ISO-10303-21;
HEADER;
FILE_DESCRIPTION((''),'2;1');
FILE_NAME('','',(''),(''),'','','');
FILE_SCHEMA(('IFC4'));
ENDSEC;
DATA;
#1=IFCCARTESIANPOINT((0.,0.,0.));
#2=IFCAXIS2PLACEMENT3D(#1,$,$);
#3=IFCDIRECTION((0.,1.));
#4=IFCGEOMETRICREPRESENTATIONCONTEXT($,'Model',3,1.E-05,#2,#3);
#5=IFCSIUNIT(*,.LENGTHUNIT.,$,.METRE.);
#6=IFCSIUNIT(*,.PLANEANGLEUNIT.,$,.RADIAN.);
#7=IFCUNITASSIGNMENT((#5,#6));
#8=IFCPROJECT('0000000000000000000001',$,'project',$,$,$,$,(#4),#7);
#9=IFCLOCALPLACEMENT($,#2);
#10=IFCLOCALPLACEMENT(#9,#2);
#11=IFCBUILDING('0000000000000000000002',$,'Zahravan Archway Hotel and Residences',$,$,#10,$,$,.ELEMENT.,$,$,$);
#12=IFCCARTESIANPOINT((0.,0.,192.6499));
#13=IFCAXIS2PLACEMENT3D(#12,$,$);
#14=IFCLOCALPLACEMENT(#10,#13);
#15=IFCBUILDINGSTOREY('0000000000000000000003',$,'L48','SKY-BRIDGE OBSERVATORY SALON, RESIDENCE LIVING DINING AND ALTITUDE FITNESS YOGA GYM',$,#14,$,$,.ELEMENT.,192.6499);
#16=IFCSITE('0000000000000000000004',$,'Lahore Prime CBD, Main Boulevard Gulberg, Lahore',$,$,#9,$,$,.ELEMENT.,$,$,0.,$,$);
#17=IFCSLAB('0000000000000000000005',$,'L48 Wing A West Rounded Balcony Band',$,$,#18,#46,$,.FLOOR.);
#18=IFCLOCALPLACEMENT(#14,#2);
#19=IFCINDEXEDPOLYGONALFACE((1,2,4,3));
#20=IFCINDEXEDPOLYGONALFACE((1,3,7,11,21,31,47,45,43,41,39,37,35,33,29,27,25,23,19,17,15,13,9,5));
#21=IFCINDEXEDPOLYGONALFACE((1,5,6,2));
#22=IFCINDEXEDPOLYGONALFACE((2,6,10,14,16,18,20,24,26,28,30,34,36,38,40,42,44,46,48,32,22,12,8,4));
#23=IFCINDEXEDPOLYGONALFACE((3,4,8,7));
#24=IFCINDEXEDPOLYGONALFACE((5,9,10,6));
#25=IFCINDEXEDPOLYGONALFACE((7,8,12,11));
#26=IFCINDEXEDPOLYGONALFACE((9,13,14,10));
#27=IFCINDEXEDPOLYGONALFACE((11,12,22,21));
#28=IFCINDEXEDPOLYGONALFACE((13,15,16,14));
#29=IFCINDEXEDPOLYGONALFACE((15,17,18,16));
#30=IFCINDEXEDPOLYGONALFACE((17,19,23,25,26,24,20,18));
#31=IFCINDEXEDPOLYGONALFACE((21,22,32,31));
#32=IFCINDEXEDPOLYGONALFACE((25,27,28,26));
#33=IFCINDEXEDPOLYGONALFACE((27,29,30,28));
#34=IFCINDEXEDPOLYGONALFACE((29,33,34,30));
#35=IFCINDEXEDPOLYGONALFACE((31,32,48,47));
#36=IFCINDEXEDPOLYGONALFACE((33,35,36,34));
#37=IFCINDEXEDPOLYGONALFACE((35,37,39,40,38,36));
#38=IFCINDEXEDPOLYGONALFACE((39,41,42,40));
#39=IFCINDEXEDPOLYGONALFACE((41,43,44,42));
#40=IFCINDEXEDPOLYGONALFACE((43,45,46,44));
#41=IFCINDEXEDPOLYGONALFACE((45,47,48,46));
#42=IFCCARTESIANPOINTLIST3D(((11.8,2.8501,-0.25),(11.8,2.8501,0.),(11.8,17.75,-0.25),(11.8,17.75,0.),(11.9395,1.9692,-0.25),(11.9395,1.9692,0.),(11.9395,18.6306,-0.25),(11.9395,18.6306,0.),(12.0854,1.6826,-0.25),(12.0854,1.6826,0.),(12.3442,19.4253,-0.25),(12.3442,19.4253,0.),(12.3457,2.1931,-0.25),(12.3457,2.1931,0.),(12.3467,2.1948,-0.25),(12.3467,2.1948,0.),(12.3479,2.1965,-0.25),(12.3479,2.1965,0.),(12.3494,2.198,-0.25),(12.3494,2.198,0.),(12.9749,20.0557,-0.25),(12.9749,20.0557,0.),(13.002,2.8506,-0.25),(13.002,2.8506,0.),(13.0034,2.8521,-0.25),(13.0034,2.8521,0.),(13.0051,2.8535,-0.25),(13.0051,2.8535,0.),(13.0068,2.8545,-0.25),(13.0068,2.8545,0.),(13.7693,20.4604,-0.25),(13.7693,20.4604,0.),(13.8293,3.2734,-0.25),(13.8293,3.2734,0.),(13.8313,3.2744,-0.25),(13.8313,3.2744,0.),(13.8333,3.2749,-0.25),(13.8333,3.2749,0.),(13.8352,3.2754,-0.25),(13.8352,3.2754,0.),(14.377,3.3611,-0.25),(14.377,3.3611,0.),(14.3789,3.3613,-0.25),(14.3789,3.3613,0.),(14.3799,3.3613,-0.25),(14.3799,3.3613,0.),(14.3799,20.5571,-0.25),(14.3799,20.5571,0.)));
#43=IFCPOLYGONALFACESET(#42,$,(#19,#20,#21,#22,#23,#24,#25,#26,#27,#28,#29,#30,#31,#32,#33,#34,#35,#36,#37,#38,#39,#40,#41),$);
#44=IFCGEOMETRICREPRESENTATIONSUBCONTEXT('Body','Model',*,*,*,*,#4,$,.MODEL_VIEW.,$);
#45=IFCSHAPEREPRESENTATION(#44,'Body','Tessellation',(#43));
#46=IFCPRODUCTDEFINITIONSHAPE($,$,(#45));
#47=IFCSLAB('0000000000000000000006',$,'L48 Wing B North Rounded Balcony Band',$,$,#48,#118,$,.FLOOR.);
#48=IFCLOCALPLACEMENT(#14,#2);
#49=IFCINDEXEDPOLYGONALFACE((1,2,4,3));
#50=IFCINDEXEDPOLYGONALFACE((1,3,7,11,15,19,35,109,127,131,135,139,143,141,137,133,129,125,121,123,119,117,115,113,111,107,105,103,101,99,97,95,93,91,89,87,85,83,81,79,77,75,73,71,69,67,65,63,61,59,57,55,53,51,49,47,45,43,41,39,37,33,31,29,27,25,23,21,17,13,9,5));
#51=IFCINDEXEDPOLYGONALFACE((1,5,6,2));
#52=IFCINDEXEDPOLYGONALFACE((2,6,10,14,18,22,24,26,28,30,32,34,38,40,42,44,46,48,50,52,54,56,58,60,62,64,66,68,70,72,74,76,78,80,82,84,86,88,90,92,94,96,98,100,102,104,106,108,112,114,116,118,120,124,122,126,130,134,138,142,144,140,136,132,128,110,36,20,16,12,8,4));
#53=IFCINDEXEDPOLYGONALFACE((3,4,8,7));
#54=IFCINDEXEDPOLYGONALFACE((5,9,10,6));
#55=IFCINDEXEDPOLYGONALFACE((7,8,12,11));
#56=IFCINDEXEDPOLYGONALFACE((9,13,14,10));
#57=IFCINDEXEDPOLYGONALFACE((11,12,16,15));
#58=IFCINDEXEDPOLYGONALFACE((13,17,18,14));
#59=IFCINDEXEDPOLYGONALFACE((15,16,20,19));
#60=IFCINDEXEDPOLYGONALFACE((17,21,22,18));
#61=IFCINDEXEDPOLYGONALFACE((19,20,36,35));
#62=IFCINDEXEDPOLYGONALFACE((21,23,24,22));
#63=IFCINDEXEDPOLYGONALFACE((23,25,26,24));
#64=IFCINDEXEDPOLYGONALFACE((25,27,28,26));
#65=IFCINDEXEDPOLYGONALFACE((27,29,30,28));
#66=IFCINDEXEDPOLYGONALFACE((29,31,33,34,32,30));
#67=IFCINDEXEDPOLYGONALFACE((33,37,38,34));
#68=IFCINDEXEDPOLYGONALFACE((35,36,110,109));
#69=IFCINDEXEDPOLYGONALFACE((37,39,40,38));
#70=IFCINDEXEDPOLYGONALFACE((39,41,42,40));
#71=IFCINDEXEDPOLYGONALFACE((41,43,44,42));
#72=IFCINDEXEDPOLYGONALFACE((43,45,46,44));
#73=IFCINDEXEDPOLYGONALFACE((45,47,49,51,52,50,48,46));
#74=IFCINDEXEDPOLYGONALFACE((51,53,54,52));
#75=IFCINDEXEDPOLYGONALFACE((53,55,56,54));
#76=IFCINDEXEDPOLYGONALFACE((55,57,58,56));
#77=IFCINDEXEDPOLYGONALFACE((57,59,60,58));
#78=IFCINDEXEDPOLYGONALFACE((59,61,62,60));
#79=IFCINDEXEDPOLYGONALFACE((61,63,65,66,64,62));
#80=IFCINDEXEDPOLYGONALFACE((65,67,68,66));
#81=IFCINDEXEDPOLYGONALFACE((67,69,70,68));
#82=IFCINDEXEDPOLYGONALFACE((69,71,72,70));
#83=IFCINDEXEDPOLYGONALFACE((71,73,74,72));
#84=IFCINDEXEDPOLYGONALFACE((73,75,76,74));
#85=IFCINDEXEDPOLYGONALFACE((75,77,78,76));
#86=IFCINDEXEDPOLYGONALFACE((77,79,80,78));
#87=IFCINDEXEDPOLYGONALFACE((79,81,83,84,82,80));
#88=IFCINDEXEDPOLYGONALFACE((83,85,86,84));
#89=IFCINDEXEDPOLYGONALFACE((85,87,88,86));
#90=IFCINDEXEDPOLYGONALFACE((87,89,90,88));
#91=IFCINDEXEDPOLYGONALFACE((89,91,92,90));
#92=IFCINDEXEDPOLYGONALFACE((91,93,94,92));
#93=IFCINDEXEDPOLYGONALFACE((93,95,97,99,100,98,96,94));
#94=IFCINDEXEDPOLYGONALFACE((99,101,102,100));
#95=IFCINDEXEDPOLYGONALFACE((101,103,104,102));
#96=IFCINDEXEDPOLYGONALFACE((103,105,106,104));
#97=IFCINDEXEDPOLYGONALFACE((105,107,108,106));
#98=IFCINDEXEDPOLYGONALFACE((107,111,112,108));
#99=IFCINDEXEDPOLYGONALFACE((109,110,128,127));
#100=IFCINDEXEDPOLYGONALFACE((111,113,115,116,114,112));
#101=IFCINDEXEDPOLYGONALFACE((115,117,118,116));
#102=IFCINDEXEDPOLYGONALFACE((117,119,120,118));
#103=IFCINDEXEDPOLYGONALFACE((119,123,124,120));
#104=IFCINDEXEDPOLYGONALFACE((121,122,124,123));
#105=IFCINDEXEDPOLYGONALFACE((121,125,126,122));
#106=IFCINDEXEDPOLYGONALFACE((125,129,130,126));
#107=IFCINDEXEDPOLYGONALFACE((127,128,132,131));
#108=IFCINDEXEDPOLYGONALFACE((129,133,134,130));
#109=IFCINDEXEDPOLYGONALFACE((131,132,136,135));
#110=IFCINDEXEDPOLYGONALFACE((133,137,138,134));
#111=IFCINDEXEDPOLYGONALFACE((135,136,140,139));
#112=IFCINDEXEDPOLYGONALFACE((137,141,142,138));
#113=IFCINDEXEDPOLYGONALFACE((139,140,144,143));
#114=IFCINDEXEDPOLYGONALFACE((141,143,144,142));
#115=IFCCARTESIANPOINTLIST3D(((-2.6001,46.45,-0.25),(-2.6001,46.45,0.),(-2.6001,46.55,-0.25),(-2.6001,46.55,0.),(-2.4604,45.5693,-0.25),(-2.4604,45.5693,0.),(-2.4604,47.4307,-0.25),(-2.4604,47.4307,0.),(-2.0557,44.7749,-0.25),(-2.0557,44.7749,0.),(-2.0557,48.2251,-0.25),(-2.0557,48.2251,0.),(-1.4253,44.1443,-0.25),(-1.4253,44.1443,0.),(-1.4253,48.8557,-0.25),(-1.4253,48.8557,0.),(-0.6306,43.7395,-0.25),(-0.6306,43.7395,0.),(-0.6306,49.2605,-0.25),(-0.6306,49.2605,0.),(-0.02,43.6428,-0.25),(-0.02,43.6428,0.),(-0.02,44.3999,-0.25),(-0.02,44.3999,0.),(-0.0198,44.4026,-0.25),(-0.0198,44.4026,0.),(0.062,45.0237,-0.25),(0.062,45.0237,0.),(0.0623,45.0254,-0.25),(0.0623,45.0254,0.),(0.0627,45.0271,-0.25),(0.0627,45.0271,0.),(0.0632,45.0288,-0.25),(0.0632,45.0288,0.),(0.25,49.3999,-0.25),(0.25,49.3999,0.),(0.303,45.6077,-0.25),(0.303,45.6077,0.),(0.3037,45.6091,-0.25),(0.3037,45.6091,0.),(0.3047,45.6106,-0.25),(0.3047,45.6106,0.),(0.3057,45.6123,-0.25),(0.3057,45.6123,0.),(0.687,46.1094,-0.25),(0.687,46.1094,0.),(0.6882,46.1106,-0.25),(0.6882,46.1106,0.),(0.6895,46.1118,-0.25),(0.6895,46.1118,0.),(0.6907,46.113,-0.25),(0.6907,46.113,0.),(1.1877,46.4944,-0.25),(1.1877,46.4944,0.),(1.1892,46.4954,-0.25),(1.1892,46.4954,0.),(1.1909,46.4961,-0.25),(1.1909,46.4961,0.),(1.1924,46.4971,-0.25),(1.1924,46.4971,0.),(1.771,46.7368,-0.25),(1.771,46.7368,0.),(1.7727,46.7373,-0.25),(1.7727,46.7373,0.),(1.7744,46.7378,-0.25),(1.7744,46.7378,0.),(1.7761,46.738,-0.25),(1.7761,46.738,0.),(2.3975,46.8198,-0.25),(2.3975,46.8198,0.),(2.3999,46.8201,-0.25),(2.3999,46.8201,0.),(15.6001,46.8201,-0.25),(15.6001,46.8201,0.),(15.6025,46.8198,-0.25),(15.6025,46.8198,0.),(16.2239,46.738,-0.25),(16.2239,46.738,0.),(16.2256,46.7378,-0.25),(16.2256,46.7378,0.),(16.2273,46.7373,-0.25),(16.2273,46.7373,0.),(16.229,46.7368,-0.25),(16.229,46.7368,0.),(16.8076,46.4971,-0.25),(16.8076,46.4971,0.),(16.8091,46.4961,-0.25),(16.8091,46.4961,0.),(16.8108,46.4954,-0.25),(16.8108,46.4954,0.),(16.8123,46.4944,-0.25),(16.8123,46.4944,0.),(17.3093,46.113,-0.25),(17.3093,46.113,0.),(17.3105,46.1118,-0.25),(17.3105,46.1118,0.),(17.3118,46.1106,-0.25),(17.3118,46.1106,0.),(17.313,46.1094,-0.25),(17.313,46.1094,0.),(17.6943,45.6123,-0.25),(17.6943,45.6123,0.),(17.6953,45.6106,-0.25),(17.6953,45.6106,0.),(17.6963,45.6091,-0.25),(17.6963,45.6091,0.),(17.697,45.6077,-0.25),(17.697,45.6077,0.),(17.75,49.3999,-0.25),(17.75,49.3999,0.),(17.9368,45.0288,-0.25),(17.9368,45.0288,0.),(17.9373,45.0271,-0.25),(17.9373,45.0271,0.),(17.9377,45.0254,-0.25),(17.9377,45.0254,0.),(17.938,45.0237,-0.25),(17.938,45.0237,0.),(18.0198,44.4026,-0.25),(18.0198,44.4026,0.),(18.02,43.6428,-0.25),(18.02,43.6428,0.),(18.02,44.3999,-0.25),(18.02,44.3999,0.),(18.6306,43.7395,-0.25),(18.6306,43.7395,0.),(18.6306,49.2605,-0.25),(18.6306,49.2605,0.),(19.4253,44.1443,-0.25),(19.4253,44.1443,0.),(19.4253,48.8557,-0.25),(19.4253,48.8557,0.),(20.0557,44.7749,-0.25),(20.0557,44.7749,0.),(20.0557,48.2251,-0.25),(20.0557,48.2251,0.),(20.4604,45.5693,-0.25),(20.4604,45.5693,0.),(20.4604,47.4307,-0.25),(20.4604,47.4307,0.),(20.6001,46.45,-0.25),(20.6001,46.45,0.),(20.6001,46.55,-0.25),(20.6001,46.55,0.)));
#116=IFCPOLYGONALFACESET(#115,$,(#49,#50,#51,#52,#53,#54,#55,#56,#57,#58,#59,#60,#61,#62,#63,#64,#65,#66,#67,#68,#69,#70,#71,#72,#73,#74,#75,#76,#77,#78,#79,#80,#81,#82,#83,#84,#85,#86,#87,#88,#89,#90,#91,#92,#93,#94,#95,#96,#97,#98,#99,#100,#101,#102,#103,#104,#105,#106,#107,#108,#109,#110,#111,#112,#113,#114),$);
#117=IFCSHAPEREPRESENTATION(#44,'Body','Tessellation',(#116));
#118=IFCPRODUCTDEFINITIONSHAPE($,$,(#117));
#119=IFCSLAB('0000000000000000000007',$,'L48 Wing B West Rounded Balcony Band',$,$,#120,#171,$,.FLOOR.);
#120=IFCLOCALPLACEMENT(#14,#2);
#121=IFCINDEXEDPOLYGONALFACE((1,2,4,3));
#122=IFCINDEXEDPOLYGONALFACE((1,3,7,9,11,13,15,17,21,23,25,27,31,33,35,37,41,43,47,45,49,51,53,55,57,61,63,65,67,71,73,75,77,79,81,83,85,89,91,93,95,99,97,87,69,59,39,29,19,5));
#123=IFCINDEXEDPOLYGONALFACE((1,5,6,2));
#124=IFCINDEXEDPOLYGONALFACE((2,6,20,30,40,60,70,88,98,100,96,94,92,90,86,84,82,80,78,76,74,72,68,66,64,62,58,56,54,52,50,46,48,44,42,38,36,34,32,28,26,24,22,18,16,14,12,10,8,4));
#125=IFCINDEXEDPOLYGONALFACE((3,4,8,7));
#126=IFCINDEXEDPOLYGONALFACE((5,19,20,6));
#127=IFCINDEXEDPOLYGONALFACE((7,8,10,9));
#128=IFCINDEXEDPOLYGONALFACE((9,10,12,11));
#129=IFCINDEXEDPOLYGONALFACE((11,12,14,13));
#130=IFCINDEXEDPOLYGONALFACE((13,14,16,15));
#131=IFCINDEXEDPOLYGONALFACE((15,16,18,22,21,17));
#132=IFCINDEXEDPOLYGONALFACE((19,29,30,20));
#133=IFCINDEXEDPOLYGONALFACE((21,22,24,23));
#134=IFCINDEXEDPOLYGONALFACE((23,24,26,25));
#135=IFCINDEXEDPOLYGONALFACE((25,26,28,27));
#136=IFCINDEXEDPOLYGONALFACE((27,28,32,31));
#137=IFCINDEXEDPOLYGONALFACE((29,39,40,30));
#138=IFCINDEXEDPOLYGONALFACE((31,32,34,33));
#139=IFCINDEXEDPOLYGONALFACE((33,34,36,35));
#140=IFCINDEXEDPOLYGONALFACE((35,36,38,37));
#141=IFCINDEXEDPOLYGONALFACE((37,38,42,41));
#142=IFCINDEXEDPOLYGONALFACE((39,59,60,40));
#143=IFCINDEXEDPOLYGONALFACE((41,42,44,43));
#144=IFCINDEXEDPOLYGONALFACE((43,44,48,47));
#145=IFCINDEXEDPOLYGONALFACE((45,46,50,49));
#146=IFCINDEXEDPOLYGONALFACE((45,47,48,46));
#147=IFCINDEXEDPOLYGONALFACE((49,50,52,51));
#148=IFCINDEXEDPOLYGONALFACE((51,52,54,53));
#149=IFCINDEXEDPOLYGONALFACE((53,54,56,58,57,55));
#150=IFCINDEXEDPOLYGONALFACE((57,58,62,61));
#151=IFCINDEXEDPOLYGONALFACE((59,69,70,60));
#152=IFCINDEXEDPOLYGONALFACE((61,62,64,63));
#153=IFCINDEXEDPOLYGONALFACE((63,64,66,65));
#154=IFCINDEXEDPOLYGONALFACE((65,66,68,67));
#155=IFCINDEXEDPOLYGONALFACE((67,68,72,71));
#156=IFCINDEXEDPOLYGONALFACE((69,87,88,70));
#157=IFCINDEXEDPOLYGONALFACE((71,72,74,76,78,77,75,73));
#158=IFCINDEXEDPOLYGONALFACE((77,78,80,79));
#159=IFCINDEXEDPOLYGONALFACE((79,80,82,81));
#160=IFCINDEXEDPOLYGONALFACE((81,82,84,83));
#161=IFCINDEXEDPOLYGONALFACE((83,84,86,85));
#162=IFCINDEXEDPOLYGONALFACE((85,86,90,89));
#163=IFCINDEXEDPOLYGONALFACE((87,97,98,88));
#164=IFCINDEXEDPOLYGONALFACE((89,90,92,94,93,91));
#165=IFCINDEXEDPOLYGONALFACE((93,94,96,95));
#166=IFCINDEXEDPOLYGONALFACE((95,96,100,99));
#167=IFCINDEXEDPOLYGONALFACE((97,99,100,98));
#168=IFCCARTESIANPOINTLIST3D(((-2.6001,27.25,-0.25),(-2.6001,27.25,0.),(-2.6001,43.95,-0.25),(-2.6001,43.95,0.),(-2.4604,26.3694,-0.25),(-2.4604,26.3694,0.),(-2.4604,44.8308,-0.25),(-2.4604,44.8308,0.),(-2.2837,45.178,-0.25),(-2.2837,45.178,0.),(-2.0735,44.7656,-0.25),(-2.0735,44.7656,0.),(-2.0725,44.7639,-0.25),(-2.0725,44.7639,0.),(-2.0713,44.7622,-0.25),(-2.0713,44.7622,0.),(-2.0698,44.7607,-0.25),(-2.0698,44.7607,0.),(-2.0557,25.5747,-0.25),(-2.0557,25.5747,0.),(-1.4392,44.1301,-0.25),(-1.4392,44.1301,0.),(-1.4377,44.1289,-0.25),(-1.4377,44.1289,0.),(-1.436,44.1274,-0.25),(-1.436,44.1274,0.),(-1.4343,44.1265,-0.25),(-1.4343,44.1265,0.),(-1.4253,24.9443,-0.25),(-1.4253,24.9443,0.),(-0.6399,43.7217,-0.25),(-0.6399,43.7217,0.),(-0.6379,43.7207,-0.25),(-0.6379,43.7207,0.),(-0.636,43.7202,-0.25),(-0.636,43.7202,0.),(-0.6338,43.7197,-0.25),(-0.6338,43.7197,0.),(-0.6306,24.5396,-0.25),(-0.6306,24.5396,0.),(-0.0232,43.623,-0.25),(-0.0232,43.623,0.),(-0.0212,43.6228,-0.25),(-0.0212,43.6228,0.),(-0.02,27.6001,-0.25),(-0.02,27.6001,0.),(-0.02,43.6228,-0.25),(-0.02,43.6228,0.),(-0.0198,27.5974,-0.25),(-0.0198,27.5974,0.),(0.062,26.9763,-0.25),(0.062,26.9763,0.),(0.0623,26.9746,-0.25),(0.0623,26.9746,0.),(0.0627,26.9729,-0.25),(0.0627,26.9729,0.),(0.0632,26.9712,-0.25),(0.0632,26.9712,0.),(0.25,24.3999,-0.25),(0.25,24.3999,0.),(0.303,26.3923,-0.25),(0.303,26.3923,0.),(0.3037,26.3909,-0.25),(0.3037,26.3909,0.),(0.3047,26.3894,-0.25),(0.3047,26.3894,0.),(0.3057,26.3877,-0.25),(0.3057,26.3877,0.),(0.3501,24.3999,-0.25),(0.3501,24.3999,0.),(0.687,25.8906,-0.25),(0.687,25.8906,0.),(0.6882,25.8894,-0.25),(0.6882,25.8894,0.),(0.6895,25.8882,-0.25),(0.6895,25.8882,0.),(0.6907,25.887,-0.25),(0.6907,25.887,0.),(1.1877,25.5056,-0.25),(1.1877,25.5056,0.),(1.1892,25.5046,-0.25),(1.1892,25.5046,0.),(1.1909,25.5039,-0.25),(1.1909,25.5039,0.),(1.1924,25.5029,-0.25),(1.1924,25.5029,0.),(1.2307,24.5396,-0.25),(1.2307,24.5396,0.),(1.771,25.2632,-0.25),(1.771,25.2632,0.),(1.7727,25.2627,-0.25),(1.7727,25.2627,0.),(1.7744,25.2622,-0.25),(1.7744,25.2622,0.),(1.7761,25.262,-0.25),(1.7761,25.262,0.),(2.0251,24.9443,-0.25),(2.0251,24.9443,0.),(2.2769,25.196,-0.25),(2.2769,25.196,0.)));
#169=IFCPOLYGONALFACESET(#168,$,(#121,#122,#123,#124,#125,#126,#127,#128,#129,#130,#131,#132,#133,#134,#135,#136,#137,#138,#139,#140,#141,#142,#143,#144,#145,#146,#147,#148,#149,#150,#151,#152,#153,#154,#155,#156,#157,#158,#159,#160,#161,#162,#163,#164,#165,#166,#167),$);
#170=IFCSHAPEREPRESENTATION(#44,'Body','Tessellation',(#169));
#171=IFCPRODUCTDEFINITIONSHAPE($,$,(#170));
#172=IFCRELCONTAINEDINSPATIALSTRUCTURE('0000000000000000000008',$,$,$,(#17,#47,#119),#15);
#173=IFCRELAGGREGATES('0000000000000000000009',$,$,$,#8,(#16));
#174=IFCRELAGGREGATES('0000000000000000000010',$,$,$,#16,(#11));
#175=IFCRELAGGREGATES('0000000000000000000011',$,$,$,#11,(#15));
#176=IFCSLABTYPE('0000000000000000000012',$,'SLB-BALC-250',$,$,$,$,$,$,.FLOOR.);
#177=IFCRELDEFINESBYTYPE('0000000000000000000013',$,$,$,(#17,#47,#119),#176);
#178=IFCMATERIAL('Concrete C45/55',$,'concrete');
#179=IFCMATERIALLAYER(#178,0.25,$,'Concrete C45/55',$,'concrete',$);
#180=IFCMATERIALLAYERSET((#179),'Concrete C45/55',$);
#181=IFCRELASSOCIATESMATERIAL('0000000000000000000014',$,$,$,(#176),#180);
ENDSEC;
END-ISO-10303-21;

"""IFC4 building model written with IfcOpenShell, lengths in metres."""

from ifc_helpers import new_model, si_unit, direction, frame, origin, place, context, subcontext, project, spatial, polyline, outline, extrude, material, layer, layer_set, type_object, element, save


model = new_model("IFC4")

# Units and contexts
model_context = context("Model", 3, precision=1e-05, world=origin(), true_north=direction((0.0, 1.0)))
body_context = subcontext(model_context, "Body", "Model", "MODEL_VIEW")
ifc_project = project(units=[si_unit("LENGTHUNIT", "METRE"), si_unit("PLANEANGLEUNIT", "RADIAN")], contexts=[model_context])

# Site, building, storey
site_placement = place(None, origin())
site = spatial("IfcSite", under=ifc_project, at=site_placement, Name="Lahore Prime CBD, Main Boulevard Gulberg, Lahore", CompositionType="ELEMENT", RefElevation=0.0)
building_placement = place(site_placement, origin())
building = spatial("IfcBuilding", under=site, at=building_placement, Name="Zahravan Archway Hotel and Residences", CompositionType="ELEMENT")
storey_placement = place(building_placement, frame((0.0, 0.0, 192.6499)))
storey = spatial("IfcBuildingStorey", under=building, at=storey_placement, Name="L48", Description="SKY-BRIDGE OBSERVATORY SALON, RESIDENCE LIVING DINING AND ALTITUDE FITNESS YOGA GYM", CompositionType="ELEMENT", Elevation=192.6499)

# Slabs
ifc_material_1 = material(Name="Concrete C45/55", Category="concrete")
ifc_layer_1 = layer(ifc_material_1, 0.25, Name="Concrete C45/55", Category="concrete")
ifc_layer_set_1 = layer_set([ifc_layer_1], Name="Concrete C45/55")
slab_type_1 = type_object("IfcSlabType", Name="SLB-BALC-250", PredefinedType="FLOOR", material=ifc_layer_set_1)
slab_1_placement = place(storey_placement, frame((0.0, 0.0, -0.25)))
element("IfcSlab", 1, at=slab_1_placement, inside=storey, type_object=slab_type_1, Name="L48 Wing A West Rounded Balcony Band", PredefinedType="FLOOR", context=body_context, shape_type="SweptSolid", body=[
    extrude(outline(polyline([(11.9395, 1.9692), (11.8, 2.8501), (11.8, 17.75), (11.9395, 18.6306), (12.3442, 19.4253), (12.9749, 20.0557), (13.7693, 20.4604), (14.3799, 20.5571), (14.3799, 3.3613), (14.3789, 3.3613), (14.377, 3.3611), (13.8352, 3.2754), (13.8333, 3.2749), (13.8313, 3.2744), (13.8293, 3.2734), (13.0068, 2.8545), (13.0051, 2.8535), (13.0034, 2.8521), (13.002, 2.8506), (12.3494, 2.198), (12.3479, 2.1965), (12.3467, 2.1948), (12.3457, 2.1931), (12.0854, 1.6826), (11.9395, 1.9692)])), origin(), (0.0, 0.0, 1.0), 0.25),
])
slab_2_placement = place(storey_placement, frame((0.0, 0.0, -0.25)))
element("IfcSlab", 2, at=slab_2_placement, inside=storey, type_object=slab_type_1, Name="L48 Wing B North Rounded Balcony Band", PredefinedType="FLOOR", context=body_context, shape_type="SweptSolid", body=[
    extrude(outline(polyline([(-0.6306, 43.7395), (-1.4253, 44.1443), (-2.0557, 44.7749), (-2.4604, 45.5693), (-2.6001, 46.45), (-2.6001, 46.55), (-2.4604, 47.4307), (-2.0557, 48.2251), (-1.4253, 48.8557), (-0.6306, 49.2605), (0.25, 49.3999), (17.75, 49.3999), (18.6306, 49.2605), (19.4253, 48.8557), (20.0557, 48.2251), (20.4604, 47.4307), (20.6001, 46.55), (20.6001, 46.45), (20.4604, 45.5693), (20.0557, 44.7749), (19.4253, 44.1443), (18.6306, 43.7395), (18.02, 43.6428), (18.02, 44.3999), (18.0198, 44.4026), (17.938, 45.0237), (17.9377, 45.0254), (17.9373, 45.0271), (17.9368, 45.0288), (17.697, 45.6077), (17.6963, 45.6091), (17.6953, 45.6106), (17.6943, 45.6123), (17.313, 46.1094), (17.3118, 46.1106), (17.3105, 46.1118), (17.3093, 46.113), (16.8123, 46.4944), (16.8108, 46.4954), (16.8091, 46.4961), (16.8076, 46.4971), (16.229, 46.7368), (16.2273, 46.7373), (16.2256, 46.7378), (16.2239, 46.738), (15.6025, 46.8198), (15.6001, 46.8201), (2.3999, 46.8201), (2.3975, 46.8198), (1.7761, 46.738), (1.7744, 46.7378), (1.7727, 46.7373), (1.771, 46.7368), (1.1924, 46.4971), (1.1909, 46.4961), (1.1892, 46.4954), (1.1877, 46.4944), (0.6907, 46.113), (0.6895, 46.1118), (0.6882, 46.1106), (0.687, 46.1094), (0.3057, 45.6123), (0.3047, 45.6106), (0.3037, 45.6091), (0.303, 45.6077), (0.0632, 45.0288), (0.0627, 45.0271), (0.0623, 45.0254), (0.062, 45.0237), (-0.0198, 44.4026), (-0.02, 44.3999), (-0.02, 43.6428), (-0.6306, 43.7395)])), origin(), (0.0, 0.0, 1.0), 0.25),
])
slab_3_placement = place(storey_placement, frame((0.0, 0.0, -0.25)))
element("IfcSlab", 3, at=slab_3_placement, inside=storey, type_object=slab_type_1, Name="L48 Wing B West Rounded Balcony Band", PredefinedType="FLOOR", context=body_context, shape_type="SweptSolid", body=[
    extrude(outline(polyline([(2.0251, 24.9443), (1.2307, 24.5396), (0.3501, 24.3999), (0.25, 24.3999), (-0.6306, 24.5396), (-1.4253, 24.9443), (-2.0557, 25.5747), (-2.4604, 26.3694), (-2.6001, 27.25), (-2.6001, 43.95), (-2.4604, 44.8308), (-2.2837, 45.178), (-2.0735, 44.7656), (-2.0725, 44.7639), (-2.0713, 44.7622), (-2.0698, 44.7607), (-1.4392, 44.1301), (-1.4377, 44.1289), (-1.436, 44.1274), (-1.4343, 44.1265), (-0.6399, 43.7217), (-0.6379, 43.7207), (-0.636, 43.7202), (-0.6338, 43.7197), (-0.0232, 43.623), (-0.0212, 43.6228), (-0.02, 43.6228), (-0.02, 27.6001), (-0.0198, 27.5974), (0.062, 26.9763), (0.0623, 26.9746), (0.0627, 26.9729), (0.0632, 26.9712), (0.303, 26.3923), (0.3037, 26.3909), (0.3047, 26.3894), (0.3057, 26.3877), (0.687, 25.8906), (0.6882, 25.8894), (0.6895, 25.8882), (0.6907, 25.887), (1.1877, 25.5056), (1.1892, 25.5046), (1.1909, 25.5039), (1.1924, 25.5029), (1.771, 25.2632), (1.7727, 25.2627), (1.7744, 25.2622), (1.7761, 25.262), (2.2769, 25.196), (2.0251, 24.9443)])), origin(), (0.0, 0.0, 1.0), 0.25),
])

save(model, "model.ifc")
